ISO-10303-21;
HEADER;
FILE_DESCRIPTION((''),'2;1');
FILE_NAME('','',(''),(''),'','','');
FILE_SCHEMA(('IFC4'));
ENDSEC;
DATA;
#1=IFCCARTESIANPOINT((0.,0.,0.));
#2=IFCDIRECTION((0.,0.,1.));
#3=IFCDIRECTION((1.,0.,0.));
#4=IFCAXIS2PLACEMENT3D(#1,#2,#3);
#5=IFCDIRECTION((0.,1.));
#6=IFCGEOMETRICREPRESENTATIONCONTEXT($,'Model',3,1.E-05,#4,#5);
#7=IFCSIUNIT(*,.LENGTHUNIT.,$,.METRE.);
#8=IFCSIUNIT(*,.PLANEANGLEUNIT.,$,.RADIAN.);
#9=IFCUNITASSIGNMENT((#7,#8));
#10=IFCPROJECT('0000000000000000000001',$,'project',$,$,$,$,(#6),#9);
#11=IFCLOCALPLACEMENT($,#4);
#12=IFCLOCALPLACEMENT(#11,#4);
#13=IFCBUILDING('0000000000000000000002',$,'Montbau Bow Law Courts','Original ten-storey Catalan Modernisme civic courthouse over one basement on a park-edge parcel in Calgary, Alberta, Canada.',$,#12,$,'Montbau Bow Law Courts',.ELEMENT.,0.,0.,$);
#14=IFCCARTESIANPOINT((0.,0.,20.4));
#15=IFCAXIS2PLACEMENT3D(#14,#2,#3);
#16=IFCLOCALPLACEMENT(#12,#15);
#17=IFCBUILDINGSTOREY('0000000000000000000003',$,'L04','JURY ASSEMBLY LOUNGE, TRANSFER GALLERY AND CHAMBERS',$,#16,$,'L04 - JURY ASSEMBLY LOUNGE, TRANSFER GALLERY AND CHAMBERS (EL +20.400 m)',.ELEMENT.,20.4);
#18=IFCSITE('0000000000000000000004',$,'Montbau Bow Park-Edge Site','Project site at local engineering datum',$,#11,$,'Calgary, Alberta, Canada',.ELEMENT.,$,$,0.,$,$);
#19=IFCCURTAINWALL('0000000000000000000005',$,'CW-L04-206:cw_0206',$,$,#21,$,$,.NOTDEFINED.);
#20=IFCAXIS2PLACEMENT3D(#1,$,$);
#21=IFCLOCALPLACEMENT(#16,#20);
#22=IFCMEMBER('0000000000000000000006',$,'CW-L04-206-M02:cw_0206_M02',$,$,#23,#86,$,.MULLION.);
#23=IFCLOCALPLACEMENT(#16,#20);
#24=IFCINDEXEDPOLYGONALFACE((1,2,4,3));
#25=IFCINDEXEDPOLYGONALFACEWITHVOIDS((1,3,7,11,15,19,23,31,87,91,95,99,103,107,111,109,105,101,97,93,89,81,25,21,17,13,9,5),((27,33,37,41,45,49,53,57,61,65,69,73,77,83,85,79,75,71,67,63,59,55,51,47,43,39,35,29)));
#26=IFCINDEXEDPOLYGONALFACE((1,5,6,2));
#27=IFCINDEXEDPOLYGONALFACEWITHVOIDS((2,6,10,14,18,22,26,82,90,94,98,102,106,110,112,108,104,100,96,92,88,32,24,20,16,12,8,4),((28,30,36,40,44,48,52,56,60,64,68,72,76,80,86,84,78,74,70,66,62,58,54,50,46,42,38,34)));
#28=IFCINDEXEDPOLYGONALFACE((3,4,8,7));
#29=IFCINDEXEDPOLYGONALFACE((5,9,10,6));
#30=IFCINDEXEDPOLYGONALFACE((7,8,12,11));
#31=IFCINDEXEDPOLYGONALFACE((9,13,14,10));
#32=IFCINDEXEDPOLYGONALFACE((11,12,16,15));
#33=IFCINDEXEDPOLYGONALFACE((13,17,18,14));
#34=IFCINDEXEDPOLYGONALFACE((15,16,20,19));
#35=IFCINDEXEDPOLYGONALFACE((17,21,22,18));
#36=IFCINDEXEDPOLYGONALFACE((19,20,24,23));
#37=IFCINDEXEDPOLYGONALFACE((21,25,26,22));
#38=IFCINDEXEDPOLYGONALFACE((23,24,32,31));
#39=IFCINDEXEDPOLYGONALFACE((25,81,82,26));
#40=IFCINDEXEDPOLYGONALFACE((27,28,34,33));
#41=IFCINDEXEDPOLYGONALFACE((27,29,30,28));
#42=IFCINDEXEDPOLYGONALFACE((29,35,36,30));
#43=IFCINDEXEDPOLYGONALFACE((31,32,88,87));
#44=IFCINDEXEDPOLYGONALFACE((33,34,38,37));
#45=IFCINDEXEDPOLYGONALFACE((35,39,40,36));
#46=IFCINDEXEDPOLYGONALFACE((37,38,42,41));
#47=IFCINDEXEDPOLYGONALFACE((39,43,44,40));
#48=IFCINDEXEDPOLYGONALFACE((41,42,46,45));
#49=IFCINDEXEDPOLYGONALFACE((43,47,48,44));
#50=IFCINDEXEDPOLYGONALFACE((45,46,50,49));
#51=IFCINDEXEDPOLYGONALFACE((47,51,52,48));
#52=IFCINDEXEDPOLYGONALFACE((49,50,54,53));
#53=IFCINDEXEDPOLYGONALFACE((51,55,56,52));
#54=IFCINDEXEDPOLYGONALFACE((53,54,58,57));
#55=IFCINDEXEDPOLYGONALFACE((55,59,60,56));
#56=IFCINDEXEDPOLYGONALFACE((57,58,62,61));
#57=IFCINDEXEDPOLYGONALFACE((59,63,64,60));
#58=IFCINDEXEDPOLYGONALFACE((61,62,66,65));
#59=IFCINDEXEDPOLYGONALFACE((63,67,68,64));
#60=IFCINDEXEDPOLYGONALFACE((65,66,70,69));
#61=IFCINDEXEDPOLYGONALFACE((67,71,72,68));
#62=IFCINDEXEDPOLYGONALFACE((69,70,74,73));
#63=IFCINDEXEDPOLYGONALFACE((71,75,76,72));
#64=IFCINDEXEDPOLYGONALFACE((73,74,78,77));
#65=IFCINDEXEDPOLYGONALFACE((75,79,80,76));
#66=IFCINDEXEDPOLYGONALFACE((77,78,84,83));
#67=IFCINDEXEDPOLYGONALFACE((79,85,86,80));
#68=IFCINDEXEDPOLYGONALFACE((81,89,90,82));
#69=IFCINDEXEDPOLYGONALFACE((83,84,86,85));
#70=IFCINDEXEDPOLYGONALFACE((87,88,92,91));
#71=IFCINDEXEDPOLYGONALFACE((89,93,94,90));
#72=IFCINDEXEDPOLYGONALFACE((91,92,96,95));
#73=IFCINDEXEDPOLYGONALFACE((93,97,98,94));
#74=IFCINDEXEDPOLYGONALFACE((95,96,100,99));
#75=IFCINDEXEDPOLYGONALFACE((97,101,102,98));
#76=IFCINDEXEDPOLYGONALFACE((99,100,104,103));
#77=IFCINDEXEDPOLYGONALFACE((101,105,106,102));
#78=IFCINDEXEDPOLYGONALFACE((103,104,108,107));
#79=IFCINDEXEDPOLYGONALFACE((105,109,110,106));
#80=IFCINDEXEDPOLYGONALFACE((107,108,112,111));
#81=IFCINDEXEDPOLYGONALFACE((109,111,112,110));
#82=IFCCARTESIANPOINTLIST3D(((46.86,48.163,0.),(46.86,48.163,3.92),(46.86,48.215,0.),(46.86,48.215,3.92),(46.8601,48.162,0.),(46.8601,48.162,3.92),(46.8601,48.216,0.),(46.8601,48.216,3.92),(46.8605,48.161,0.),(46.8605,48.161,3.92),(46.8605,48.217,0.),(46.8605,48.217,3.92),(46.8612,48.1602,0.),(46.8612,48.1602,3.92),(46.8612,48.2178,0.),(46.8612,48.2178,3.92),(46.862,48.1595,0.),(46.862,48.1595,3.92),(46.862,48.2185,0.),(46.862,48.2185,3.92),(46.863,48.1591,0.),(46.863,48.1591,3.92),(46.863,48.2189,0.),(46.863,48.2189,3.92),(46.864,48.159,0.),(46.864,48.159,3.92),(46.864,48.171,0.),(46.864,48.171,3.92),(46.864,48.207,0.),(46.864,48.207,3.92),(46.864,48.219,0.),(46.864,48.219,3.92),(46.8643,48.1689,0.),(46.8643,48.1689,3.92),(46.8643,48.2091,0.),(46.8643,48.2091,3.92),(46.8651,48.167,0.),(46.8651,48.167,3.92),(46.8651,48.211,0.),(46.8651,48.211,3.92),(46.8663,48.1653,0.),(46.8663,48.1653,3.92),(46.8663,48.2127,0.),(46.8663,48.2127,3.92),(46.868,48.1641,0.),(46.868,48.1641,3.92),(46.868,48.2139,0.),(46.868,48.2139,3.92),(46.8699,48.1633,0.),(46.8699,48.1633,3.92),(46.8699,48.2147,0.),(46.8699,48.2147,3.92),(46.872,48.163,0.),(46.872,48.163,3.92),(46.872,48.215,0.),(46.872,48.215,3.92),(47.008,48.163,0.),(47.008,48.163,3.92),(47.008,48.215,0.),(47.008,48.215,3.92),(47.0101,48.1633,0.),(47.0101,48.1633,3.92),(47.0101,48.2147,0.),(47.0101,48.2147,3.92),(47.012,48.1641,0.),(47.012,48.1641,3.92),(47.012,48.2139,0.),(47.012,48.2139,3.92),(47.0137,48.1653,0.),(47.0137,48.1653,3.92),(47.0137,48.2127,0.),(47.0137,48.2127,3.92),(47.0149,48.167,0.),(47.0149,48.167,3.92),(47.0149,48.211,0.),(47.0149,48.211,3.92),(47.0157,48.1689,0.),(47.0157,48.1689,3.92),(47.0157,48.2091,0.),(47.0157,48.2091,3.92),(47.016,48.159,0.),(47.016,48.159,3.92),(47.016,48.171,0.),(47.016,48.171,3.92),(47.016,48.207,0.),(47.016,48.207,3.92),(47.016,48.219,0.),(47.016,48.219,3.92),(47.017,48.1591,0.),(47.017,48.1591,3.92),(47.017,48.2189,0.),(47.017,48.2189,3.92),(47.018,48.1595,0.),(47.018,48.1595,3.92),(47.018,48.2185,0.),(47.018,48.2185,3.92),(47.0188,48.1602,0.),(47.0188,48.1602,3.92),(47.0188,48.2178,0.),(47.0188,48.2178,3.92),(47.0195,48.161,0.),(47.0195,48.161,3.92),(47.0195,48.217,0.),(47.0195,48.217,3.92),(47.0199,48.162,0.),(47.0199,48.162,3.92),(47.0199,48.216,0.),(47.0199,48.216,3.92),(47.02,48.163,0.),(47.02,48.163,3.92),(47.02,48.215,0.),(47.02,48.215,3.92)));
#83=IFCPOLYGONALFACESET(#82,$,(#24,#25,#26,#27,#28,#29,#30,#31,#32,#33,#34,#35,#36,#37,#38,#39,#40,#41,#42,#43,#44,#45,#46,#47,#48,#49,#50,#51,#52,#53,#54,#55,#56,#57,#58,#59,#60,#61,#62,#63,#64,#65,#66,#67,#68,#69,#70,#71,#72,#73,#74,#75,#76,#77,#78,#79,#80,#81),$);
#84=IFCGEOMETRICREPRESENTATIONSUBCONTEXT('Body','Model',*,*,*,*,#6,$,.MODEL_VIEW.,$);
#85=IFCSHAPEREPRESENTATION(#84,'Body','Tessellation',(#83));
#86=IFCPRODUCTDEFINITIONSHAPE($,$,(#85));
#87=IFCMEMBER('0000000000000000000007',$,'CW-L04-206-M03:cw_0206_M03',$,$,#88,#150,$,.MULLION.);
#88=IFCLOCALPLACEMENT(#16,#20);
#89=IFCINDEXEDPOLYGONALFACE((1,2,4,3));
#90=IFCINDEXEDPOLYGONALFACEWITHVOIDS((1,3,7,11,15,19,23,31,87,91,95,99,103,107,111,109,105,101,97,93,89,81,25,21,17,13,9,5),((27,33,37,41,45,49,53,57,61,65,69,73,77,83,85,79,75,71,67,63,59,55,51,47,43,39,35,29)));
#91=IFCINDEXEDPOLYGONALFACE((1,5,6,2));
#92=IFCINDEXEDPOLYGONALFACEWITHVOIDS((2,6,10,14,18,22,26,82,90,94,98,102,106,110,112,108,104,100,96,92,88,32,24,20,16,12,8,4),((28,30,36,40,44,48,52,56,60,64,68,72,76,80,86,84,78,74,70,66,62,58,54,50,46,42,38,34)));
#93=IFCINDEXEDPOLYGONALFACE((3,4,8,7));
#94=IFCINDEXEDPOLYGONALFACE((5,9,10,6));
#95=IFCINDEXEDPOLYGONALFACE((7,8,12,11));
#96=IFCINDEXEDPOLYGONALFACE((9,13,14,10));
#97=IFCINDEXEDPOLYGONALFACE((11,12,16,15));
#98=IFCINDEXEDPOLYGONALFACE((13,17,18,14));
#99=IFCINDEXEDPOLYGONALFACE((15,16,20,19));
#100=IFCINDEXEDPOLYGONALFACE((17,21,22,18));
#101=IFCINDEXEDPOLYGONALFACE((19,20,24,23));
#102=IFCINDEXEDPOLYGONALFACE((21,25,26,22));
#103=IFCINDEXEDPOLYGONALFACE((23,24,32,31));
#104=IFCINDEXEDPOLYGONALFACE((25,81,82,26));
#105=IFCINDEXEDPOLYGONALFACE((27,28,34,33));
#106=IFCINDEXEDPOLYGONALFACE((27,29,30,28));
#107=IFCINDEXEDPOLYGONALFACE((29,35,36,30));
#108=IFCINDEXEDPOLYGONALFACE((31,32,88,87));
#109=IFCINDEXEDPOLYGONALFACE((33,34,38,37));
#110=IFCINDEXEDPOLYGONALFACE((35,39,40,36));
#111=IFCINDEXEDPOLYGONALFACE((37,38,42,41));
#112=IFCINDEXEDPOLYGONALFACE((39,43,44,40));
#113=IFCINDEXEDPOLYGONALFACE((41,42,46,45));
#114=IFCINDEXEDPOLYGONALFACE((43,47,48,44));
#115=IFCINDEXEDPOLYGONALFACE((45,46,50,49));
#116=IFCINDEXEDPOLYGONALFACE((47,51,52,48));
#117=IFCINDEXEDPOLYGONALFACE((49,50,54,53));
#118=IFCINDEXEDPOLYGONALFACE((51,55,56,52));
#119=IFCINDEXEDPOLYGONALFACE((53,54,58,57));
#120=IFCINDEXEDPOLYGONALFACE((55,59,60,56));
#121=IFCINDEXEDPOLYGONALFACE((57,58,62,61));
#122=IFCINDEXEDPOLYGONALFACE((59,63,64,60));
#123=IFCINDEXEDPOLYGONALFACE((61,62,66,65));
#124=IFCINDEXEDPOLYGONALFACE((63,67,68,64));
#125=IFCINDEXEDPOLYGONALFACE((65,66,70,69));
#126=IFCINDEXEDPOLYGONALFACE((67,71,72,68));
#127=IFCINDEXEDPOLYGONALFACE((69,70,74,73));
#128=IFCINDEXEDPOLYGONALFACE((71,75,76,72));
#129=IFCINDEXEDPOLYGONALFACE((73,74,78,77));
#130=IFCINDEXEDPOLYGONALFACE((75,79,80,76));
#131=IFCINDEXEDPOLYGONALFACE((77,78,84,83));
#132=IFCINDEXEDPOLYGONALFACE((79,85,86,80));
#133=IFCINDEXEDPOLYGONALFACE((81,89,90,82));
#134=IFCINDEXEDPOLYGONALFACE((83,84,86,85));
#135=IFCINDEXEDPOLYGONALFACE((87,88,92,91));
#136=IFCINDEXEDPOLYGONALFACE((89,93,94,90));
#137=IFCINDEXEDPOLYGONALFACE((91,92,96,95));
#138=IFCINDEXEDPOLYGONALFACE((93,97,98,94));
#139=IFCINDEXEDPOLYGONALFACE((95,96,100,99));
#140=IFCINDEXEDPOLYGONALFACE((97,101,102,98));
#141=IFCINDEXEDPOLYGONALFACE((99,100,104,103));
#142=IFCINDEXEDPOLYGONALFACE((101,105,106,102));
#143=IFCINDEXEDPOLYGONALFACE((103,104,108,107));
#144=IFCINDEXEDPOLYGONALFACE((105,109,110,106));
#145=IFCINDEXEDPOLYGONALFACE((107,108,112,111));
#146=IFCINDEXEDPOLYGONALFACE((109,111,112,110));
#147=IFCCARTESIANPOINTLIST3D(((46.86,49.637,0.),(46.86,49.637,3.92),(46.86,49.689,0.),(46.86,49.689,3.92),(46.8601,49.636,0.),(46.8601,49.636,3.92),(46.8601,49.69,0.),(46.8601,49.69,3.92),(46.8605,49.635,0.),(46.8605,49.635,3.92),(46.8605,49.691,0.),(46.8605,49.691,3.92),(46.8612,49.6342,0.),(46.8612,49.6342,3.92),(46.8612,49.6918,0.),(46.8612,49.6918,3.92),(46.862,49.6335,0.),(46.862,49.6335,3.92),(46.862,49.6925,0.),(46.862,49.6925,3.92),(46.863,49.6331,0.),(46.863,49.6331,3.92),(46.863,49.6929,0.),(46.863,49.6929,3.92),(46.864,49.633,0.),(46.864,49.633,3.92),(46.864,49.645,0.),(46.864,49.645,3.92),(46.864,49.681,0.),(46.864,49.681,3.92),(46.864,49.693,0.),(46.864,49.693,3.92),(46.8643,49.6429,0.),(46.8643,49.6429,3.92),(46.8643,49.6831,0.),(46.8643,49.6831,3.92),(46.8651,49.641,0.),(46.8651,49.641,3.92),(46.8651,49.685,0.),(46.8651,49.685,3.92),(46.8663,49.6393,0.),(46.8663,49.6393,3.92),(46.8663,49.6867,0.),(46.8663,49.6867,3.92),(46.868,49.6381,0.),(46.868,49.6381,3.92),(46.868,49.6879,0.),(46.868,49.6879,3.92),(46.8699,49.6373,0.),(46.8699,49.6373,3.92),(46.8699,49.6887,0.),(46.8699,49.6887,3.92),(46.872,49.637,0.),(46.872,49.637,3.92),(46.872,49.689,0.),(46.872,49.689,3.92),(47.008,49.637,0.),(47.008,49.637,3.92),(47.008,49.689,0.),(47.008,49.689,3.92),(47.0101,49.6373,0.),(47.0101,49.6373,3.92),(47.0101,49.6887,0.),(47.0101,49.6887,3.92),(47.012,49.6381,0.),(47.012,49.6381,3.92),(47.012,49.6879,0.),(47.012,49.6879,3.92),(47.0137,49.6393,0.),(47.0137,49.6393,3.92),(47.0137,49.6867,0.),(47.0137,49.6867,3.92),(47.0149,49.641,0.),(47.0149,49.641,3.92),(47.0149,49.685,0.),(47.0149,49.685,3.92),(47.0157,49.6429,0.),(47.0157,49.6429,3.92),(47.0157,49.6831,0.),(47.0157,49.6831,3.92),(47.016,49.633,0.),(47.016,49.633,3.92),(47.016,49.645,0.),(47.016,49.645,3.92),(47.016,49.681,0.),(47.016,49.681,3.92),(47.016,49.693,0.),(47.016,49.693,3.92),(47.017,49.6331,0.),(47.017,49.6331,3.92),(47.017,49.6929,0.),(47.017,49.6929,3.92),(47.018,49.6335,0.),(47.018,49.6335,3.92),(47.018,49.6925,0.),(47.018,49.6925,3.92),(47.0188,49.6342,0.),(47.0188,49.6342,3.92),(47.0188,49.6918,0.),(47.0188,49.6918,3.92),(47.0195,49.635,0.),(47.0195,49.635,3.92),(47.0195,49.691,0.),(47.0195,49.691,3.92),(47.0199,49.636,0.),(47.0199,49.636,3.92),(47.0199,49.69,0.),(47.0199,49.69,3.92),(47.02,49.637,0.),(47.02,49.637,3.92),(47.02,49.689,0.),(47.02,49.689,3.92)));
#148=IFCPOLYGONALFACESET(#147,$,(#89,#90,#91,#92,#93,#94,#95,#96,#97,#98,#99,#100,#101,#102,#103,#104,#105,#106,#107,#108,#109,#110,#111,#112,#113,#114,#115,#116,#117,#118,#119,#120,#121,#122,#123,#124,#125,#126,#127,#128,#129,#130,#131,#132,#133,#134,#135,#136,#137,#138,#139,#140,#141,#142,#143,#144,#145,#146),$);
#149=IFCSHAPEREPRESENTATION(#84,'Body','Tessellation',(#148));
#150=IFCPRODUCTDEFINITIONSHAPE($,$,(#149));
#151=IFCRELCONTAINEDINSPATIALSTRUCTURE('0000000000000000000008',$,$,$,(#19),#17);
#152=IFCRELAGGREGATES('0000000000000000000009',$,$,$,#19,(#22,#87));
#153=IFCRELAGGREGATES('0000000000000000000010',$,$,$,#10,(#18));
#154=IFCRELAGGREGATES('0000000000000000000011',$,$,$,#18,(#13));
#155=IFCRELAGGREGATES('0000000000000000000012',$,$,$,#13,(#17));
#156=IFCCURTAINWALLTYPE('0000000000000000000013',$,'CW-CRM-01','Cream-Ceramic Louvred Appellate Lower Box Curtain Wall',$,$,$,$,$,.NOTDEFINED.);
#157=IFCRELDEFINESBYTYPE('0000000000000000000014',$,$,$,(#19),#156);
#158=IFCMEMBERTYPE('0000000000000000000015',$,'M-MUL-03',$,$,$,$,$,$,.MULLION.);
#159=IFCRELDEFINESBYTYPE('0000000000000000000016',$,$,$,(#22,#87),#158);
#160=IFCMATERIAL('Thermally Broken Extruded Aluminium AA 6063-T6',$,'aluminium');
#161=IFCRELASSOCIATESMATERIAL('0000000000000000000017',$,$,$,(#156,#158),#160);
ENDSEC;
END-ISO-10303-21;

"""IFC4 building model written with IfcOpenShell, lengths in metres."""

from ifc_helpers import new_model, si_unit, direction, frame, origin_with_axes, origin_2d_with_axis, place, context, subcontext, project, spatial, hollow_rectangle, extrude, material, material_profile, profile_set, type_object, element, aggregate, save


model = new_model("IFC4")

# Units and contexts
model_context = context("Model", 3, precision=1e-05, world=origin_with_axes(), true_north=direction((0.0, 1.0)))
body_context = subcontext(model_context, "Body", "Model", "MODEL_VIEW")
ifc_project = project(units=[si_unit("LENGTHUNIT", "METRE"), si_unit("PLANEANGLEUNIT", "RADIAN")], contexts=[model_context])

# Site, building, storey
site_placement = place(None, origin_with_axes())
site = spatial("IfcSite", under=ifc_project, at=site_placement, Name="Montbau Bow Park-Edge Site", Description="Project site at local engineering datum", LongName="Calgary, Alberta, Canada", CompositionType="ELEMENT", RefElevation=0.0)
building_placement = place(site_placement, origin_with_axes())
building = spatial("IfcBuilding", under=site, at=building_placement, Name="Montbau Bow Law Courts", Description="Original ten-storey Catalan Modernisme civic courthouse over one basement on a park-edge parcel in Calgary, Alberta, Canada.", LongName="Montbau Bow Law Courts", CompositionType="ELEMENT", ElevationOfRefHeight=0.0, ElevationOfTerrain=0.0)
storey_placement = place(building_placement, frame((0.0, 0.0, 20.4), z_axis=(0.0, 0.0, 1.0), x_axis=(1.0, 0.0, 0.0)))
storey = spatial("IfcBuildingStorey", under=building, at=storey_placement, Name="L04", Description="JURY ASSEMBLY LOUNGE, TRANSFER GALLERY AND CHAMBERS", LongName="L04 - JURY ASSEMBLY LOUNGE, TRANSFER GALLERY AND CHAMBERS (EL +20.400 m)", CompositionType="ELEMENT", Elevation=20.4)

# Curtain wall, members
ifc_material_1 = material(Name="Thermally Broken Extruded Aluminium AA 6063-T6", Category="aluminium")
curtain_wall_type = type_object("IfcCurtainWallType", Name="CW-CRM-01", Description="Cream-Ceramic Louvred Appellate Lower Box Curtain Wall", PredefinedType="NOTDEFINED", material=ifc_material_1)
curtain_wall_1_placement = place(None, frame((46.94, 46.715, 20.4), z_axis=(0.0, 0.0, 1.0), x_axis=(1.0, 0.0, 0.0)))
curtain_wall_1 = element("IfcCurtainWall", 1, at=curtain_wall_1_placement, inside=storey, type_object=curtain_wall_type, Name="CW-L04-206:cw_0206", PredefinedType="NOTDEFINED")
ifc_material_profile_1 = material_profile(ifc_material_1, hollow_rectangle(XDim=0.06, YDim=0.16, WallThickness=0.004, InnerFilletRadius=0.008, OuterFilletRadius=0.004, at=origin_2d_with_axis()), Name="CWM-160X60", Category="Main", Priority=0)
ifc_profile_set_1 = profile_set([ifc_material_profile_1], Name="Thermally Broken Extruded Aluminium AA 6063-T6")
member_type_1 = type_object("IfcMemberType", Name="M-MUL-03", PredefinedType="MULLION", material=ifc_profile_set_1)
member_1_placement = place(None, frame((46.94, 48.189, 20.4), z_axis=(0.0, 0.0, 1.0), x_axis=(0.0, 1.0, 0.0)))
member_1 = element("IfcMember", 2, at=member_1_placement, type_object=member_type_1, Name="CW-L04-206-M02:cw_0206_M02", PredefinedType="MULLION", context=body_context, shape_type="SweptSolid", body=[
    extrude(hollow_rectangle(XDim=0.06, YDim=0.16, WallThickness=0.004, InnerFilletRadius=0.008, OuterFilletRadius=0.004, at=origin_2d_with_axis()), origin_with_axes(), (0.0, 0.0, 1.0), 3.92),
])
member_2_placement = place(None, frame((46.94, 49.663, 20.4), z_axis=(0.0, 0.0, 1.0), x_axis=(0.0, 1.0, 0.0)))
member_2 = element("IfcMember", 3, at=member_2_placement, type_object=member_type_1, Name="CW-L04-206-M03:cw_0206_M03", PredefinedType="MULLION", context=body_context, shape_type="SweptSolid", body=[
    extrude(hollow_rectangle(XDim=0.06, YDim=0.16, WallThickness=0.004, InnerFilletRadius=0.008, OuterFilletRadius=0.004, at=origin_2d_with_axis()), origin_with_axes(), (0.0, 0.0, 1.0), 3.92),
])

aggregate(curtain_wall_1, [member_1, member_2])

save(model, "model.ifc")
